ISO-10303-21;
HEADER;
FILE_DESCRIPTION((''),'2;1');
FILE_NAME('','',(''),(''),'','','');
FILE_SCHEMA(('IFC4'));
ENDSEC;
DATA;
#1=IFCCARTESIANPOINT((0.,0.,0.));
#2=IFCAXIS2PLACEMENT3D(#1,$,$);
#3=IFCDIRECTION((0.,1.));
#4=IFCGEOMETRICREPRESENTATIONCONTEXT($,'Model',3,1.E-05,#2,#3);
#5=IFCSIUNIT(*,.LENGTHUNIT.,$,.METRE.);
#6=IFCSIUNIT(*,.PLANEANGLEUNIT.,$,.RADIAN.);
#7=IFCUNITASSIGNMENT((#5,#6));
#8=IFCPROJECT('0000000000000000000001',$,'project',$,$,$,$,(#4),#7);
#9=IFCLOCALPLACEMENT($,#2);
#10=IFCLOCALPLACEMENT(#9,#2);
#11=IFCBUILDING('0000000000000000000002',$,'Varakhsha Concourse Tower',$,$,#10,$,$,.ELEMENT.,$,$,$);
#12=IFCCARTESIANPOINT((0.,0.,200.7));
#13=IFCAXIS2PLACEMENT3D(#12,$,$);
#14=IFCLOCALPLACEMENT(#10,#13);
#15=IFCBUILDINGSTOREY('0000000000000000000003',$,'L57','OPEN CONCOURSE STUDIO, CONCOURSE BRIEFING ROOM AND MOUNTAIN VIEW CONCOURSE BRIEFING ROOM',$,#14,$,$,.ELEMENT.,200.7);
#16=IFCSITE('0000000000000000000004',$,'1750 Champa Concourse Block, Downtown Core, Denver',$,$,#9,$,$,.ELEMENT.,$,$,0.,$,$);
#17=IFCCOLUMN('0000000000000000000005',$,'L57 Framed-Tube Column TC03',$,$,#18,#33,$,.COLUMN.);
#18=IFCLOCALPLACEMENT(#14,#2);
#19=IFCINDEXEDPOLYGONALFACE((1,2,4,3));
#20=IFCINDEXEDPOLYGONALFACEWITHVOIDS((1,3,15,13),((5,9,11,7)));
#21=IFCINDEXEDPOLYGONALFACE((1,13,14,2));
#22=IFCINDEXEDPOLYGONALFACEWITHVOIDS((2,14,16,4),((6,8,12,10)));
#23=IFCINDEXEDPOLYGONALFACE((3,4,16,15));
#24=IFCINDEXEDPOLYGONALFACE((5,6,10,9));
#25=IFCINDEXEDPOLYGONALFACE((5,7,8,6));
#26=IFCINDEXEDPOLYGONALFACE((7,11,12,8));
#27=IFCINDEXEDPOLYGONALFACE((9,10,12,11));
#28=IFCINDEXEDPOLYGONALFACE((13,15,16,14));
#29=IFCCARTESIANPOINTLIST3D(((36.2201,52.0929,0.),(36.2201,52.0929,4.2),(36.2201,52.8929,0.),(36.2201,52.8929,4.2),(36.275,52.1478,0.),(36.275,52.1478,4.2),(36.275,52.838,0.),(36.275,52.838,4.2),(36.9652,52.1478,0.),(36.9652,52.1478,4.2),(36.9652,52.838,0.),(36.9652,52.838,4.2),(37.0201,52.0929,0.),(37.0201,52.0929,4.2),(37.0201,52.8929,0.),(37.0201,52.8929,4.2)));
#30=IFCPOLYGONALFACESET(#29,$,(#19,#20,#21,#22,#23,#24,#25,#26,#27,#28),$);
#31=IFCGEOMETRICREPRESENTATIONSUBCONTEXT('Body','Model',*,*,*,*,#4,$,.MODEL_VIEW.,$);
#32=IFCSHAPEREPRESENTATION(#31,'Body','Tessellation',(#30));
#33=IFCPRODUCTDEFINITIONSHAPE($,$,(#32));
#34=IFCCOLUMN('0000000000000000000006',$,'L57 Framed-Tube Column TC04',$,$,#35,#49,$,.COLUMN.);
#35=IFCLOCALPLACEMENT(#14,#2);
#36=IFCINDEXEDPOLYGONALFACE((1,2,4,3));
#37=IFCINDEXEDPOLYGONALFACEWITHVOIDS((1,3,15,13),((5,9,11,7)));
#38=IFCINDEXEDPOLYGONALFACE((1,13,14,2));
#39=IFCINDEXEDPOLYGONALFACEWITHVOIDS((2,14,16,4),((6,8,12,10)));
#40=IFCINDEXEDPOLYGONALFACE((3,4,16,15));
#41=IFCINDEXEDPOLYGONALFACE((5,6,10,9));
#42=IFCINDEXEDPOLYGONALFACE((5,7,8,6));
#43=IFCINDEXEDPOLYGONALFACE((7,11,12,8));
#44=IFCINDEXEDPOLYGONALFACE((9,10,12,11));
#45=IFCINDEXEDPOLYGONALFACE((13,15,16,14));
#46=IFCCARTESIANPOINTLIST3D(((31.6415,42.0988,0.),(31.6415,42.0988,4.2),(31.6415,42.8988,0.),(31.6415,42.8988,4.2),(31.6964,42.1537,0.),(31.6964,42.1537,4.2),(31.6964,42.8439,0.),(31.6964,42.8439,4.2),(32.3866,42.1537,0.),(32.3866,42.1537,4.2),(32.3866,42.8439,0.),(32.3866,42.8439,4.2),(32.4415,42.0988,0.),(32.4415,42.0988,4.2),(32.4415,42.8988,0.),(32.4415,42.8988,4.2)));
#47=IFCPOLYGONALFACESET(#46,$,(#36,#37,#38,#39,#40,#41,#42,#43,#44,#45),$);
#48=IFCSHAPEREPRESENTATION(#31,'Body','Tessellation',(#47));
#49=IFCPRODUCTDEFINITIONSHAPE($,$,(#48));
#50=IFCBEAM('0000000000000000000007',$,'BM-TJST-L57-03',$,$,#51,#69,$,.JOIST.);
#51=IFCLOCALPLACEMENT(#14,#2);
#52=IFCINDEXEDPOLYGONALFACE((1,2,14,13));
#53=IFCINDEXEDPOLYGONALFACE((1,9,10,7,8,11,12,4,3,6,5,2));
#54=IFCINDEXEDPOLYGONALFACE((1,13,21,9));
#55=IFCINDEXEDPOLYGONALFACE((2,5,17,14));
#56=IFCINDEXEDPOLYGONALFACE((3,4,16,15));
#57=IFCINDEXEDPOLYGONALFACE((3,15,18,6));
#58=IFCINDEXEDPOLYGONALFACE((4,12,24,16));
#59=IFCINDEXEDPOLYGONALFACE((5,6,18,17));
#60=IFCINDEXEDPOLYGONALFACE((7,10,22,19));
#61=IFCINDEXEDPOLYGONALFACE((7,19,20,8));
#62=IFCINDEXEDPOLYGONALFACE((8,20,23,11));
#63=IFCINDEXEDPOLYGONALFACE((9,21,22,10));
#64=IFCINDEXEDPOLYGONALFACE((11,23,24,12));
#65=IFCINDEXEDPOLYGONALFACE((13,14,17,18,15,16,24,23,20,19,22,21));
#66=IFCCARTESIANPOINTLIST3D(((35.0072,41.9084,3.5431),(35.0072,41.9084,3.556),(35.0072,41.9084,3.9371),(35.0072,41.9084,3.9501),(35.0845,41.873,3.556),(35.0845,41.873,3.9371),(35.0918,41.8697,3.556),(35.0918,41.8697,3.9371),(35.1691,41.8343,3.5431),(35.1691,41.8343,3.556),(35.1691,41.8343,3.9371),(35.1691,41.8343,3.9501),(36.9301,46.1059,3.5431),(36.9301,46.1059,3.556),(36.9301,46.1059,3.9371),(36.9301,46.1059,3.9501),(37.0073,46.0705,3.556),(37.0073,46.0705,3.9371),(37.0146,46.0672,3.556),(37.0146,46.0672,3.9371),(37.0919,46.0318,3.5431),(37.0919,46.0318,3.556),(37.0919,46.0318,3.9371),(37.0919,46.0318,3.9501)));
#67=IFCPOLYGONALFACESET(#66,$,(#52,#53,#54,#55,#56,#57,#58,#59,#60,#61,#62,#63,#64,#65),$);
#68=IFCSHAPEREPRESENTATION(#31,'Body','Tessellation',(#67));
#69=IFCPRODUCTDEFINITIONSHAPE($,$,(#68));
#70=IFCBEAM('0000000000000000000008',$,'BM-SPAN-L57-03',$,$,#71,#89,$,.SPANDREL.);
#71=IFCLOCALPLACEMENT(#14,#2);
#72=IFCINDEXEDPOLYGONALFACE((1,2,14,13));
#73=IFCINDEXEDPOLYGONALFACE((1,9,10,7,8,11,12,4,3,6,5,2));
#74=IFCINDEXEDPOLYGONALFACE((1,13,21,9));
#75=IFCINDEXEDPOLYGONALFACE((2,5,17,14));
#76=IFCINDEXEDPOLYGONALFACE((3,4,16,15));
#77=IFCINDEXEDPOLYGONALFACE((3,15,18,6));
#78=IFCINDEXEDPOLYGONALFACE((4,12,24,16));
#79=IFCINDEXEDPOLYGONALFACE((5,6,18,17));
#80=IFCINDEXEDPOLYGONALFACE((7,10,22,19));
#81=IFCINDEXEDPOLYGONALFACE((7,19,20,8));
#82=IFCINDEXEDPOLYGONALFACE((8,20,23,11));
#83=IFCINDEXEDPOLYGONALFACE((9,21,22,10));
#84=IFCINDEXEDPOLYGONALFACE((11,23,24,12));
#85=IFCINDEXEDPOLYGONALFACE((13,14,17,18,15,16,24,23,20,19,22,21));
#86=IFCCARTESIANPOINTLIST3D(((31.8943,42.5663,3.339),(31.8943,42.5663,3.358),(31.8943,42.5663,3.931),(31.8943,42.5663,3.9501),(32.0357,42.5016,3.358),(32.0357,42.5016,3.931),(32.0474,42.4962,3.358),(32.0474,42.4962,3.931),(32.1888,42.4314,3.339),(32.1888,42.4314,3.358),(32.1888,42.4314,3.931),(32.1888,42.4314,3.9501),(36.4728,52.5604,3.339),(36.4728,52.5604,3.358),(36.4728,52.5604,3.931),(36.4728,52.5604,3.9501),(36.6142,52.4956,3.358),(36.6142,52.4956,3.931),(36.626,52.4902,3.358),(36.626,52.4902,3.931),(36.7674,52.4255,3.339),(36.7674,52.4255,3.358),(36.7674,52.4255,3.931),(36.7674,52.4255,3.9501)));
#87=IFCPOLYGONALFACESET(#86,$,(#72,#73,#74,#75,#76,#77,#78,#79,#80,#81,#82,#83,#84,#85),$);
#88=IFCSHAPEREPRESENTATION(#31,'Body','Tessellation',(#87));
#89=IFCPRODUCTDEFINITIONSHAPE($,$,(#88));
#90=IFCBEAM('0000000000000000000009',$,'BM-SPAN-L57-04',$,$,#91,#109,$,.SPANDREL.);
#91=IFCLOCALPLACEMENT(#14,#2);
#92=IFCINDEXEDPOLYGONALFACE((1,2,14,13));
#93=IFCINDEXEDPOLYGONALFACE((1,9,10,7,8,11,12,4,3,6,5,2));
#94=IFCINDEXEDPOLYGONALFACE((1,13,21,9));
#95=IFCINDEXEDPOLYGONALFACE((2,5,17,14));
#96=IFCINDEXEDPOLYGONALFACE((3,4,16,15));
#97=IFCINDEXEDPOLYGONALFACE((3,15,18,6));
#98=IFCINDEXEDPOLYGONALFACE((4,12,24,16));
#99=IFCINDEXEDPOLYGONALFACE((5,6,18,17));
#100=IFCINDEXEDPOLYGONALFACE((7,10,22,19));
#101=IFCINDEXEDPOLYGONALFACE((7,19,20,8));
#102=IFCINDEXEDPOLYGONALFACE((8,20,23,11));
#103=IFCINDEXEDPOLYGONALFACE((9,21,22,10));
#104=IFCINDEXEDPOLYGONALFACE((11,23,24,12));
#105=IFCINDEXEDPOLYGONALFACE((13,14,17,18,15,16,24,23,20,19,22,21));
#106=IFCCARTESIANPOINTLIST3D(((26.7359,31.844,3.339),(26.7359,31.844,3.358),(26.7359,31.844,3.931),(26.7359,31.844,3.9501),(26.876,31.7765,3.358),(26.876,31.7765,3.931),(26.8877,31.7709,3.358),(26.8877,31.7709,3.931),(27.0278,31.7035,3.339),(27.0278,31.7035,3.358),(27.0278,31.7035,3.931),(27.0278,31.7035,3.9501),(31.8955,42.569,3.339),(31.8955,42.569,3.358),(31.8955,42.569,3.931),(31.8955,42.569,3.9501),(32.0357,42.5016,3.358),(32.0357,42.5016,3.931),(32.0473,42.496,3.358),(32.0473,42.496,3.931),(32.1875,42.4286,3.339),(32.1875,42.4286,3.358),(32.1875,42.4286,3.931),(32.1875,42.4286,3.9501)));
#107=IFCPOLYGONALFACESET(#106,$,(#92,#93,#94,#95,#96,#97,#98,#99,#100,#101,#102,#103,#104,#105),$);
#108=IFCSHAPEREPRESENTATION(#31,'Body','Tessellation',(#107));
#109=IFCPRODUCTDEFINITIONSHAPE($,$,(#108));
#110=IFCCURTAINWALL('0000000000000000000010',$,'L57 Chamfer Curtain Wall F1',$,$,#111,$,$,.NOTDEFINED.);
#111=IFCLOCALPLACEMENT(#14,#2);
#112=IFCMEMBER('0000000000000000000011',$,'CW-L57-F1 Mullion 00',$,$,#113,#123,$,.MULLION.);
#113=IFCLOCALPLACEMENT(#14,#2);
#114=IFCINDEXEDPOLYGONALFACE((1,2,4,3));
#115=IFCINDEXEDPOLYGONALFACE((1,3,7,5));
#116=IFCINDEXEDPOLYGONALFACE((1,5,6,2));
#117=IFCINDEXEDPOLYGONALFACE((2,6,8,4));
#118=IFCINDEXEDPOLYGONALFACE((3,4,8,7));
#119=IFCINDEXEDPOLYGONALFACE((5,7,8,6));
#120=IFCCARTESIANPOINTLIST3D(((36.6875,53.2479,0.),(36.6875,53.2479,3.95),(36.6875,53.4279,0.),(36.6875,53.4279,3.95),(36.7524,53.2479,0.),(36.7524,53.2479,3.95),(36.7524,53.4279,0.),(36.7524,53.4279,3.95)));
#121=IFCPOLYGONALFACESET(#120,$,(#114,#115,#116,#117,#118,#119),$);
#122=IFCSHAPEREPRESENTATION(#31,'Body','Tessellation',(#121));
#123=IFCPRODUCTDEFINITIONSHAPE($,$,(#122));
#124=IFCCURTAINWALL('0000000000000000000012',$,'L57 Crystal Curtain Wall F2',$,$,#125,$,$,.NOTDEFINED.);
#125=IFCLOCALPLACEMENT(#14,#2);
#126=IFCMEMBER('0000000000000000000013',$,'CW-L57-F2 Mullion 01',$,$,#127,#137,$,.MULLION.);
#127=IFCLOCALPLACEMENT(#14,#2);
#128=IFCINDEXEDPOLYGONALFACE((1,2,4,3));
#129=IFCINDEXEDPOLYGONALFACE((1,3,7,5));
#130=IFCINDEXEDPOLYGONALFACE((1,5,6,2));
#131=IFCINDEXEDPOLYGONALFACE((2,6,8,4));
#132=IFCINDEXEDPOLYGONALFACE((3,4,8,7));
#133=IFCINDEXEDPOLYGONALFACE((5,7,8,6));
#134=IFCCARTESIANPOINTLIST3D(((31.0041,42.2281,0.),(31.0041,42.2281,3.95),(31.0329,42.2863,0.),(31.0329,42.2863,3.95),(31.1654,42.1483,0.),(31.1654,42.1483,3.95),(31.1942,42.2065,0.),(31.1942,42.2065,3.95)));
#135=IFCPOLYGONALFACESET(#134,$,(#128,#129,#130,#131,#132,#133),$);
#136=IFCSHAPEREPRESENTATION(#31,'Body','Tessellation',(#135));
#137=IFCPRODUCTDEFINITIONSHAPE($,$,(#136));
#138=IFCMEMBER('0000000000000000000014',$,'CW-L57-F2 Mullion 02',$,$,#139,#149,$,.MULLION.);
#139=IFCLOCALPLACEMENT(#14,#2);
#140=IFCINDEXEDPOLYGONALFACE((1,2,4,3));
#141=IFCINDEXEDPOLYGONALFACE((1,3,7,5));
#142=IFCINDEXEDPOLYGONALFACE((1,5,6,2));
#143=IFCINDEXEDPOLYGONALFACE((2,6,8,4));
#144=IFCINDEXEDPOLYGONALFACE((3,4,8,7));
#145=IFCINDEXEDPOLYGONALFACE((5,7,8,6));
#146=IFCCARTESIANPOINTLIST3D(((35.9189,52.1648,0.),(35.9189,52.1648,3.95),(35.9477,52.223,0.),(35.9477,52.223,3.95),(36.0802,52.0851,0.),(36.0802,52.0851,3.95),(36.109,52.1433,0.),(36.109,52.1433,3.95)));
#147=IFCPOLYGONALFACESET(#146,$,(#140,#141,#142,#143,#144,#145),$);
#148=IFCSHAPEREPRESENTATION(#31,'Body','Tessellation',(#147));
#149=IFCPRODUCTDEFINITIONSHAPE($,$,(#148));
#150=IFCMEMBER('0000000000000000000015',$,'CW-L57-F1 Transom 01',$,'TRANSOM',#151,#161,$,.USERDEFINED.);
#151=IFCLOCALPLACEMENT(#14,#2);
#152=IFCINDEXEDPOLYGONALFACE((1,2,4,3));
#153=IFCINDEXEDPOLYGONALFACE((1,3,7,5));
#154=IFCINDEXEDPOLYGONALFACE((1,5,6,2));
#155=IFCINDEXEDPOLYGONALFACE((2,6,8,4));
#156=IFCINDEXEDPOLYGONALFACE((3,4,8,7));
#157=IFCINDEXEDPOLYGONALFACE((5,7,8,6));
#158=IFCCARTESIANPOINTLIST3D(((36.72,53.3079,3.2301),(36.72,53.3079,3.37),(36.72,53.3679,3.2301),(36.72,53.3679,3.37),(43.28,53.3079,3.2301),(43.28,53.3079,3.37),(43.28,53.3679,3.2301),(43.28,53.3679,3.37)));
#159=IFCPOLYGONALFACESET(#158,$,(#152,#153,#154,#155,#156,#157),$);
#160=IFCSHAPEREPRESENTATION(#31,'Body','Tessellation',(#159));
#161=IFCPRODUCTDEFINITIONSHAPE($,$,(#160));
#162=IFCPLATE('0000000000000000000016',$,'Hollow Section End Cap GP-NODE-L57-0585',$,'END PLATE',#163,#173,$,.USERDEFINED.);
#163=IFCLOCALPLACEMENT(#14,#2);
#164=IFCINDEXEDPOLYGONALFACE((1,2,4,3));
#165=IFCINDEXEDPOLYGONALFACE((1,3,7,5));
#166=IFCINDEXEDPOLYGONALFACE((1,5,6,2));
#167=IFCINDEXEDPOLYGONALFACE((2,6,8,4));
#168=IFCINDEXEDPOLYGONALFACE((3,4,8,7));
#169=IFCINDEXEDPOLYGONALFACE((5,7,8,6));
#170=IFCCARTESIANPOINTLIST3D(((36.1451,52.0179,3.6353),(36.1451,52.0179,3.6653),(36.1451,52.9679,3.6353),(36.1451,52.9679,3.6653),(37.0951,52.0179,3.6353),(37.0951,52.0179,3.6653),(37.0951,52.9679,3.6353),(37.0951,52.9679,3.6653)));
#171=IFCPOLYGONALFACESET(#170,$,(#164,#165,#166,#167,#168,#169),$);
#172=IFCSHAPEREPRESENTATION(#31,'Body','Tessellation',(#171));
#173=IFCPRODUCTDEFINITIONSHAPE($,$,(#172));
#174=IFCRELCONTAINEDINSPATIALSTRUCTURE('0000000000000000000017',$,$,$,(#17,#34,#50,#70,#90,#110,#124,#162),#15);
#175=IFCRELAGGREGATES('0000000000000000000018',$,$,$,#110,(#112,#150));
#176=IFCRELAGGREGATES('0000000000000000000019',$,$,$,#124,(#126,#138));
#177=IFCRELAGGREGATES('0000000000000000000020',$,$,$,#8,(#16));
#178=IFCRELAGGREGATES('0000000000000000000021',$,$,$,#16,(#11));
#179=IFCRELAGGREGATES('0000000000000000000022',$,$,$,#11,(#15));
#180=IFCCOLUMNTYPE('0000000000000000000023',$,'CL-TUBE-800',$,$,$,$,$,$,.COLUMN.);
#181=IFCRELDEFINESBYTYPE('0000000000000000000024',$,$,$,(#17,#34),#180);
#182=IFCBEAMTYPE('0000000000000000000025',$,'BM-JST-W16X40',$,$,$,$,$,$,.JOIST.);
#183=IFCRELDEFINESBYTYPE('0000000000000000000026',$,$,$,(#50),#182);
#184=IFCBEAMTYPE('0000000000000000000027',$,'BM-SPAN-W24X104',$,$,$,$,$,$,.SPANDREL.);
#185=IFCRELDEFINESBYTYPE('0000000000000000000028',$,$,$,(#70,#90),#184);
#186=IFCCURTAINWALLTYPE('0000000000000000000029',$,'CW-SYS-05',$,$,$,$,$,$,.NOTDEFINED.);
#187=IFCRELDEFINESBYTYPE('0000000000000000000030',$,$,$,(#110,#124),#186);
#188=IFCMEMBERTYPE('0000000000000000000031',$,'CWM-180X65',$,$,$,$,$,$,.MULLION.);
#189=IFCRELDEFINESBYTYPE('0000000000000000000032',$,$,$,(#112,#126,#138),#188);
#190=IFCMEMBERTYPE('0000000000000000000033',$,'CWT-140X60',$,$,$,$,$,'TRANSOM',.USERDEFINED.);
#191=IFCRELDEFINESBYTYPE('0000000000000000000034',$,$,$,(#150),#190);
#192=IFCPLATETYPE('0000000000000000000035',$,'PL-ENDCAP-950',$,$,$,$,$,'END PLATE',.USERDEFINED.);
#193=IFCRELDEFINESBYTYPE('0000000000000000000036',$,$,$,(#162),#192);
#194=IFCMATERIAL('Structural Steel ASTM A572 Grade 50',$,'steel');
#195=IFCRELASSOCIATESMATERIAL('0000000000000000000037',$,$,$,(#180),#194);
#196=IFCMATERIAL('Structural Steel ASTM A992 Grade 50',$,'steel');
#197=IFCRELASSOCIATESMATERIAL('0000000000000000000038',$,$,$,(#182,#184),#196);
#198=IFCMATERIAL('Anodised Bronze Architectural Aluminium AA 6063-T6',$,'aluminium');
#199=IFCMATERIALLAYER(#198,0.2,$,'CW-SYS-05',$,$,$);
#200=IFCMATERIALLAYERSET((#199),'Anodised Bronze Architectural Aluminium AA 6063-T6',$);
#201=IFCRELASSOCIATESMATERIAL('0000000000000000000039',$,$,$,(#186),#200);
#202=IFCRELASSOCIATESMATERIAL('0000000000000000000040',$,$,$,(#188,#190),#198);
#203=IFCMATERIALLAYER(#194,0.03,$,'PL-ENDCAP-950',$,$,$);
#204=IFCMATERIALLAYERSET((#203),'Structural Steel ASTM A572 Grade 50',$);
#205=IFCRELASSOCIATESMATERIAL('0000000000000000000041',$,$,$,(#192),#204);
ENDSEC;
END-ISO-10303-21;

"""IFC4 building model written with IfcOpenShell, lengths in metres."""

from ifc_helpers import new_model, si_unit, direction, frame, origin, origin_2d, place, context, subcontext, project, spatial, rectangle, hollow_rectangle, i_section, extrude, source, transform, mapped, material, layer, layer_set, material_profile, profile_set, type_object, type_shapes, element, aggregate, save


model = new_model("IFC4")

# Units and contexts
model_context = context("Model", 3, precision=1e-05, world=origin(), true_north=direction((0.0, 1.0)))
body_context = subcontext(model_context, "Body", "Model", "MODEL_VIEW")
ifc_project = project(units=[si_unit("LENGTHUNIT", "METRE"), si_unit("PLANEANGLEUNIT", "RADIAN")], contexts=[model_context])

# Site, building, storey
site_placement = place(None, origin())
site = spatial("IfcSite", under=ifc_project, at=site_placement, Name="1750 Champa Concourse Block, Downtown Core, Denver", CompositionType="ELEMENT", RefElevation=0.0)
building_placement = place(site_placement, origin())
building = spatial("IfcBuilding", under=site, at=building_placement, Name="Varakhsha Concourse Tower", CompositionType="ELEMENT")
storey_placement = place(building_placement, frame((0.0, 0.0, 200.7)))
storey = spatial("IfcBuildingStorey", under=building, at=storey_placement, Name="L57", Description="OPEN CONCOURSE STUDIO, CONCOURSE BRIEFING ROOM AND MOUNTAIN VIEW CONCOURSE BRIEFING ROOM", CompositionType="ELEMENT", Elevation=200.7)

# Columns
ifc_material_1 = material(Name="Structural Steel ASTM A572 Grade 50", Category="steel")
ifc_material_profile_1 = material_profile(ifc_material_1, hollow_rectangle(XDim=0.8, YDim=0.8, WallThickness=0.0549, at=origin_2d()), Name="BOX 800x800x55")
ifc_profile_set_1 = profile_set([ifc_material_profile_1], Name="Structural Steel ASTM A572 Grade 50")
column_type = type_object("IfcColumnType", Name="CL-TUBE-800", PredefinedType="COLUMN", material=ifc_profile_set_1)
for number, where, z_axis, x_axis, name in (
    (1, (36.6201, 52.4929, 0.0), (0.0, 0.0, 1.0), (1.0, 0.0, 0.0), "L57 Framed-Tube Column TC03"),
    (2, (32.0415, 42.4988, 0.0), (0.0, 0.0, 1.0), (1.0, 0.0, 0.0), "L57 Framed-Tube Column TC04"),
):
    element("IfcColumn", number, at=place(storey_placement, frame(where, z_axis=z_axis, x_axis=x_axis)), inside=storey, type_object=column_type, Name=name, PredefinedType="COLUMN", context=body_context, shape_type="SweptSolid", body=[
        extrude(hollow_rectangle(XDim=0.8, YDim=0.8, WallThickness=0.0549, at=origin_2d()), origin(), (0.0, 0.0, 1.0), 4.2),
    ])

# Beams
ifc_material_2 = material(Name="Structural Steel ASTM A992 Grade 50", Category="steel")
ifc_material_profile_2 = material_profile(ifc_material_2, i_section(OverallWidth=0.178, OverallDepth=0.407, WebThickness=0.0081, FlangeThickness=0.0129, at=origin_2d()), Name="W16X40")
ifc_profile_set_2 = profile_set([ifc_material_profile_2], Name="Structural Steel ASTM A992 Grade 50")
beam_type_1 = type_object("IfcBeamType", Name="BM-JST-W16X40", PredefinedType="JOIST", material=ifc_profile_set_2)
beam_1_placement = place(storey_placement, frame((37.011, 46.0688, 3.7466), z_axis=(-0.416474, -0.909147, 0.0), x_axis=(0.909147, -0.416474, 0.0)))
element("IfcBeam", 3, at=beam_1_placement, inside=storey, type_object=beam_type_1, Name="BM-TJST-L57-03", PredefinedType="JOIST", context=body_context, shape_type="SweptSolid", body=[
    extrude(i_section(OverallWidth=0.178, OverallDepth=0.407, WebThickness=0.0081, FlangeThickness=0.0129, at=origin_2d()), origin(), (0.0, 0.0, 1.0), 4.6169),
])
ifc_material_profile_3 = material_profile(ifc_material_2, i_section(OverallWidth=0.324, OverallDepth=0.6111, WebThickness=0.0129, FlangeThickness=0.019, at=origin_2d()), Name="W24X104")
ifc_profile_set_3 = profile_set([ifc_material_profile_3], Name="Structural Steel ASTM A992 Grade 50")
beam_type_2 = type_object("IfcBeamType", Name="BM-SPAN-W24X104", PredefinedType="SPANDREL", material=ifc_profile_set_3)
beam_2_placement = place(storey_placement, frame((36.6201, 52.4929, 3.6445), z_axis=(-0.416502, -0.909135, 0.0), x_axis=(0.909135, -0.416502, 0.0)))
element("IfcBeam", 4, at=beam_2_placement, inside=storey, type_object=beam_type_2, Name="BM-SPAN-L57-03", PredefinedType="SPANDREL", context=body_context, shape_type="SweptSolid", body=[
    extrude(i_section(OverallWidth=0.324, OverallDepth=0.6111, WebThickness=0.0129, FlangeThickness=0.019, at=origin_2d()), origin(), (0.0, 0.0, 1.0), 10.9929),
])
beam_3_placement = place(storey_placement, frame((32.0415, 42.4988, 3.6445), z_axis=(-0.433524, -0.901142, 0.0), x_axis=(0.901142, -0.433524, 0.0)))
element("IfcBeam", 5, at=beam_3_placement, inside=storey, type_object=beam_type_2, Name="BM-SPAN-L57-04", PredefinedType="SPANDREL", context=body_context, shape_type="SweptSolid", body=[
    extrude(i_section(OverallWidth=0.324, OverallDepth=0.6111, WebThickness=0.0129, FlangeThickness=0.019, at=origin_2d()), origin(), (0.0, 0.0, 1.0), 11.9016),
])

# Curtain wall, member
ifc_material_3 = material(Name="Anodised Bronze Architectural Aluminium AA 6063-T6", Category="aluminium")
ifc_layer_1 = layer(ifc_material_3, 0.2, Name="CW-SYS-05")
ifc_layer_set_1 = layer_set([ifc_layer_1], Name="Anodised Bronze Architectural Aluminium AA 6063-T6")
curtain_wall_type = type_object("IfcCurtainWallType", Name="CW-SYS-05", PredefinedType="NOTDEFINED", material=ifc_layer_set_1)
curtain_wall_1_placement = place(storey_placement, origin())
curtain_wall_1 = element("IfcCurtainWall", 6, at=curtain_wall_1_placement, inside=storey, type_object=curtain_wall_type, Name="L57 Chamfer Curtain Wall F1", PredefinedType="NOTDEFINED")
ifc_material_profile_4 = material_profile(ifc_material_3, rectangle(XDim=0.0649, YDim=0.1799, at=origin_2d()), Name="CWM-180X65")
ifc_profile_set_4 = profile_set([ifc_material_profile_4], Name="Anodised Bronze Architectural Aluminium AA 6063-T6")
member_type_1 = type_object("IfcMemberType", Name="CWM-180X65", PredefinedType="MULLION", material=ifc_profile_set_4)
shared_shape_1 = source(origin(), body_context, "Body", "SweptSolid", [
    extrude(rectangle(XDim=0.0649, YDim=0.1799, at=origin_2d()), origin(), (0.0, 0.0, 1.0), 3.95),
])
type_shapes(member_type_1, [shared_shape_1])
member_1_placement = place(storey_placement, frame((36.72, 53.3379, 0.0), z_axis=(0.0, 0.0, 1.0), x_axis=(1.0, 0.0, 0.0)))
member_1 = element("IfcMember", 7, at=member_1_placement, type_object=member_type_1, Name="CW-L57-F1 Mullion 00", PredefinedType="MULLION", context=body_context, shape_type="MappedRepresentation", body=[
    mapped(shared_shape_1, transform((0.0, 0.0, 0.0), scale=1.0)),
])

# Curtain wall, members
curtain_wall_2_placement = place(storey_placement, origin())
curtain_wall_2 = element("IfcCurtainWall", 8, at=curtain_wall_2_placement, inside=storey, type_object=curtain_wall_type, Name="L57 Crystal Curtain Wall F2", PredefinedType="NOTDEFINED")
member_2_placement = place(storey_placement, frame((31.0991, 42.2173, 0.0), z_axis=(0.0, 0.0, 1.0), x_axis=(0.443343, 0.896352, 0.0)))
member_2 = element("IfcMember", 9, at=member_2_placement, type_object=member_type_1, Name="CW-L57-F2 Mullion 01", PredefinedType="MULLION", context=body_context, shape_type="MappedRepresentation", body=[
    mapped(shared_shape_1, transform((0.0, 0.0, 0.0), scale=1.0)),
])
member_3_placement = place(storey_placement, frame((36.0139, 52.1541, 0.0), z_axis=(0.0, 0.0, 1.0), x_axis=(0.443343, 0.896352, 0.0)))
member_3 = element("IfcMember", 10, at=member_3_placement, type_object=member_type_1, Name="CW-L57-F2 Mullion 02", PredefinedType="MULLION", context=body_context, shape_type="MappedRepresentation", body=[
    mapped(shared_shape_1, transform((0.0, 0.0, 0.0), scale=1.0)),
])

# Member
ifc_material_profile_5 = material_profile(ifc_material_3, rectangle(XDim=0.0601, YDim=0.1399, at=origin_2d()), Name="CWT-140X60")
ifc_profile_set_5 = profile_set([ifc_material_profile_5], Name="Anodised Bronze Architectural Aluminium AA 6063-T6")
member_type_2 = type_object("IfcMemberType", Name="CWT-140X60", ElementType="TRANSOM", PredefinedType="USERDEFINED", material=ifc_profile_set_5)
shared_shape_2 = source(origin(), body_context, "Body", "SweptSolid", [
    extrude(rectangle(XDim=0.0601, YDim=0.1399, at=origin_2d()), origin(), (0.0, 0.0, 1.0), 6.5601),
])
type_shapes(member_type_2, [shared_shape_2])
member_4_placement = place(storey_placement, frame((36.72, 53.3379, 3.3), z_axis=(1.0, 0.0, 0.0), x_axis=(0.0, 1.0, 0.0)))
member_4 = element("IfcMember", 11, at=member_4_placement, type_object=member_type_2, Name="CW-L57-F1 Transom 01", ObjectType="TRANSOM", PredefinedType="USERDEFINED", context=body_context, shape_type="MappedRepresentation", body=[
    mapped(shared_shape_2, transform((0.0, 0.0, 0.0), scale=1.0)),
])
aggregate(curtain_wall_1, [member_1, member_4])

# Plate
ifc_layer_2 = layer(ifc_material_1, 0.03, Name="PL-ENDCAP-950")
ifc_layer_set_2 = layer_set([ifc_layer_2], Name="Structural Steel ASTM A572 Grade 50")
plate_type_1 = type_object("IfcPlateType", Name="PL-ENDCAP-950", ElementType="END PLATE", PredefinedType="USERDEFINED", material=ifc_layer_set_2)
shared_shape_3 = source(origin(), body_context, "Body", "SweptSolid", [
    extrude(rectangle(XDim=0.95, YDim=0.95, at=origin_2d()), origin(), (0.0, 0.0, 1.0), 0.03),
])
type_shapes(plate_type_1, [shared_shape_3])
plate_1_placement = place(storey_placement, frame((36.6201, 52.4929, 3.6353), z_axis=(0.0, 0.0, 1.0), x_axis=(1.0, 0.0, 0.0)))
element("IfcPlate", 12, at=plate_1_placement, inside=storey, type_object=plate_type_1, Name="Hollow Section End Cap GP-NODE-L57-0585", ObjectType="END PLATE", PredefinedType="USERDEFINED", context=body_context, shape_type="MappedRepresentation", body=[
    mapped(shared_shape_3, transform((0.0, 0.0, 0.0), scale=1.0)),
])
aggregate(curtain_wall_2, [member_2, member_3])

save(model, "model.ifc")
